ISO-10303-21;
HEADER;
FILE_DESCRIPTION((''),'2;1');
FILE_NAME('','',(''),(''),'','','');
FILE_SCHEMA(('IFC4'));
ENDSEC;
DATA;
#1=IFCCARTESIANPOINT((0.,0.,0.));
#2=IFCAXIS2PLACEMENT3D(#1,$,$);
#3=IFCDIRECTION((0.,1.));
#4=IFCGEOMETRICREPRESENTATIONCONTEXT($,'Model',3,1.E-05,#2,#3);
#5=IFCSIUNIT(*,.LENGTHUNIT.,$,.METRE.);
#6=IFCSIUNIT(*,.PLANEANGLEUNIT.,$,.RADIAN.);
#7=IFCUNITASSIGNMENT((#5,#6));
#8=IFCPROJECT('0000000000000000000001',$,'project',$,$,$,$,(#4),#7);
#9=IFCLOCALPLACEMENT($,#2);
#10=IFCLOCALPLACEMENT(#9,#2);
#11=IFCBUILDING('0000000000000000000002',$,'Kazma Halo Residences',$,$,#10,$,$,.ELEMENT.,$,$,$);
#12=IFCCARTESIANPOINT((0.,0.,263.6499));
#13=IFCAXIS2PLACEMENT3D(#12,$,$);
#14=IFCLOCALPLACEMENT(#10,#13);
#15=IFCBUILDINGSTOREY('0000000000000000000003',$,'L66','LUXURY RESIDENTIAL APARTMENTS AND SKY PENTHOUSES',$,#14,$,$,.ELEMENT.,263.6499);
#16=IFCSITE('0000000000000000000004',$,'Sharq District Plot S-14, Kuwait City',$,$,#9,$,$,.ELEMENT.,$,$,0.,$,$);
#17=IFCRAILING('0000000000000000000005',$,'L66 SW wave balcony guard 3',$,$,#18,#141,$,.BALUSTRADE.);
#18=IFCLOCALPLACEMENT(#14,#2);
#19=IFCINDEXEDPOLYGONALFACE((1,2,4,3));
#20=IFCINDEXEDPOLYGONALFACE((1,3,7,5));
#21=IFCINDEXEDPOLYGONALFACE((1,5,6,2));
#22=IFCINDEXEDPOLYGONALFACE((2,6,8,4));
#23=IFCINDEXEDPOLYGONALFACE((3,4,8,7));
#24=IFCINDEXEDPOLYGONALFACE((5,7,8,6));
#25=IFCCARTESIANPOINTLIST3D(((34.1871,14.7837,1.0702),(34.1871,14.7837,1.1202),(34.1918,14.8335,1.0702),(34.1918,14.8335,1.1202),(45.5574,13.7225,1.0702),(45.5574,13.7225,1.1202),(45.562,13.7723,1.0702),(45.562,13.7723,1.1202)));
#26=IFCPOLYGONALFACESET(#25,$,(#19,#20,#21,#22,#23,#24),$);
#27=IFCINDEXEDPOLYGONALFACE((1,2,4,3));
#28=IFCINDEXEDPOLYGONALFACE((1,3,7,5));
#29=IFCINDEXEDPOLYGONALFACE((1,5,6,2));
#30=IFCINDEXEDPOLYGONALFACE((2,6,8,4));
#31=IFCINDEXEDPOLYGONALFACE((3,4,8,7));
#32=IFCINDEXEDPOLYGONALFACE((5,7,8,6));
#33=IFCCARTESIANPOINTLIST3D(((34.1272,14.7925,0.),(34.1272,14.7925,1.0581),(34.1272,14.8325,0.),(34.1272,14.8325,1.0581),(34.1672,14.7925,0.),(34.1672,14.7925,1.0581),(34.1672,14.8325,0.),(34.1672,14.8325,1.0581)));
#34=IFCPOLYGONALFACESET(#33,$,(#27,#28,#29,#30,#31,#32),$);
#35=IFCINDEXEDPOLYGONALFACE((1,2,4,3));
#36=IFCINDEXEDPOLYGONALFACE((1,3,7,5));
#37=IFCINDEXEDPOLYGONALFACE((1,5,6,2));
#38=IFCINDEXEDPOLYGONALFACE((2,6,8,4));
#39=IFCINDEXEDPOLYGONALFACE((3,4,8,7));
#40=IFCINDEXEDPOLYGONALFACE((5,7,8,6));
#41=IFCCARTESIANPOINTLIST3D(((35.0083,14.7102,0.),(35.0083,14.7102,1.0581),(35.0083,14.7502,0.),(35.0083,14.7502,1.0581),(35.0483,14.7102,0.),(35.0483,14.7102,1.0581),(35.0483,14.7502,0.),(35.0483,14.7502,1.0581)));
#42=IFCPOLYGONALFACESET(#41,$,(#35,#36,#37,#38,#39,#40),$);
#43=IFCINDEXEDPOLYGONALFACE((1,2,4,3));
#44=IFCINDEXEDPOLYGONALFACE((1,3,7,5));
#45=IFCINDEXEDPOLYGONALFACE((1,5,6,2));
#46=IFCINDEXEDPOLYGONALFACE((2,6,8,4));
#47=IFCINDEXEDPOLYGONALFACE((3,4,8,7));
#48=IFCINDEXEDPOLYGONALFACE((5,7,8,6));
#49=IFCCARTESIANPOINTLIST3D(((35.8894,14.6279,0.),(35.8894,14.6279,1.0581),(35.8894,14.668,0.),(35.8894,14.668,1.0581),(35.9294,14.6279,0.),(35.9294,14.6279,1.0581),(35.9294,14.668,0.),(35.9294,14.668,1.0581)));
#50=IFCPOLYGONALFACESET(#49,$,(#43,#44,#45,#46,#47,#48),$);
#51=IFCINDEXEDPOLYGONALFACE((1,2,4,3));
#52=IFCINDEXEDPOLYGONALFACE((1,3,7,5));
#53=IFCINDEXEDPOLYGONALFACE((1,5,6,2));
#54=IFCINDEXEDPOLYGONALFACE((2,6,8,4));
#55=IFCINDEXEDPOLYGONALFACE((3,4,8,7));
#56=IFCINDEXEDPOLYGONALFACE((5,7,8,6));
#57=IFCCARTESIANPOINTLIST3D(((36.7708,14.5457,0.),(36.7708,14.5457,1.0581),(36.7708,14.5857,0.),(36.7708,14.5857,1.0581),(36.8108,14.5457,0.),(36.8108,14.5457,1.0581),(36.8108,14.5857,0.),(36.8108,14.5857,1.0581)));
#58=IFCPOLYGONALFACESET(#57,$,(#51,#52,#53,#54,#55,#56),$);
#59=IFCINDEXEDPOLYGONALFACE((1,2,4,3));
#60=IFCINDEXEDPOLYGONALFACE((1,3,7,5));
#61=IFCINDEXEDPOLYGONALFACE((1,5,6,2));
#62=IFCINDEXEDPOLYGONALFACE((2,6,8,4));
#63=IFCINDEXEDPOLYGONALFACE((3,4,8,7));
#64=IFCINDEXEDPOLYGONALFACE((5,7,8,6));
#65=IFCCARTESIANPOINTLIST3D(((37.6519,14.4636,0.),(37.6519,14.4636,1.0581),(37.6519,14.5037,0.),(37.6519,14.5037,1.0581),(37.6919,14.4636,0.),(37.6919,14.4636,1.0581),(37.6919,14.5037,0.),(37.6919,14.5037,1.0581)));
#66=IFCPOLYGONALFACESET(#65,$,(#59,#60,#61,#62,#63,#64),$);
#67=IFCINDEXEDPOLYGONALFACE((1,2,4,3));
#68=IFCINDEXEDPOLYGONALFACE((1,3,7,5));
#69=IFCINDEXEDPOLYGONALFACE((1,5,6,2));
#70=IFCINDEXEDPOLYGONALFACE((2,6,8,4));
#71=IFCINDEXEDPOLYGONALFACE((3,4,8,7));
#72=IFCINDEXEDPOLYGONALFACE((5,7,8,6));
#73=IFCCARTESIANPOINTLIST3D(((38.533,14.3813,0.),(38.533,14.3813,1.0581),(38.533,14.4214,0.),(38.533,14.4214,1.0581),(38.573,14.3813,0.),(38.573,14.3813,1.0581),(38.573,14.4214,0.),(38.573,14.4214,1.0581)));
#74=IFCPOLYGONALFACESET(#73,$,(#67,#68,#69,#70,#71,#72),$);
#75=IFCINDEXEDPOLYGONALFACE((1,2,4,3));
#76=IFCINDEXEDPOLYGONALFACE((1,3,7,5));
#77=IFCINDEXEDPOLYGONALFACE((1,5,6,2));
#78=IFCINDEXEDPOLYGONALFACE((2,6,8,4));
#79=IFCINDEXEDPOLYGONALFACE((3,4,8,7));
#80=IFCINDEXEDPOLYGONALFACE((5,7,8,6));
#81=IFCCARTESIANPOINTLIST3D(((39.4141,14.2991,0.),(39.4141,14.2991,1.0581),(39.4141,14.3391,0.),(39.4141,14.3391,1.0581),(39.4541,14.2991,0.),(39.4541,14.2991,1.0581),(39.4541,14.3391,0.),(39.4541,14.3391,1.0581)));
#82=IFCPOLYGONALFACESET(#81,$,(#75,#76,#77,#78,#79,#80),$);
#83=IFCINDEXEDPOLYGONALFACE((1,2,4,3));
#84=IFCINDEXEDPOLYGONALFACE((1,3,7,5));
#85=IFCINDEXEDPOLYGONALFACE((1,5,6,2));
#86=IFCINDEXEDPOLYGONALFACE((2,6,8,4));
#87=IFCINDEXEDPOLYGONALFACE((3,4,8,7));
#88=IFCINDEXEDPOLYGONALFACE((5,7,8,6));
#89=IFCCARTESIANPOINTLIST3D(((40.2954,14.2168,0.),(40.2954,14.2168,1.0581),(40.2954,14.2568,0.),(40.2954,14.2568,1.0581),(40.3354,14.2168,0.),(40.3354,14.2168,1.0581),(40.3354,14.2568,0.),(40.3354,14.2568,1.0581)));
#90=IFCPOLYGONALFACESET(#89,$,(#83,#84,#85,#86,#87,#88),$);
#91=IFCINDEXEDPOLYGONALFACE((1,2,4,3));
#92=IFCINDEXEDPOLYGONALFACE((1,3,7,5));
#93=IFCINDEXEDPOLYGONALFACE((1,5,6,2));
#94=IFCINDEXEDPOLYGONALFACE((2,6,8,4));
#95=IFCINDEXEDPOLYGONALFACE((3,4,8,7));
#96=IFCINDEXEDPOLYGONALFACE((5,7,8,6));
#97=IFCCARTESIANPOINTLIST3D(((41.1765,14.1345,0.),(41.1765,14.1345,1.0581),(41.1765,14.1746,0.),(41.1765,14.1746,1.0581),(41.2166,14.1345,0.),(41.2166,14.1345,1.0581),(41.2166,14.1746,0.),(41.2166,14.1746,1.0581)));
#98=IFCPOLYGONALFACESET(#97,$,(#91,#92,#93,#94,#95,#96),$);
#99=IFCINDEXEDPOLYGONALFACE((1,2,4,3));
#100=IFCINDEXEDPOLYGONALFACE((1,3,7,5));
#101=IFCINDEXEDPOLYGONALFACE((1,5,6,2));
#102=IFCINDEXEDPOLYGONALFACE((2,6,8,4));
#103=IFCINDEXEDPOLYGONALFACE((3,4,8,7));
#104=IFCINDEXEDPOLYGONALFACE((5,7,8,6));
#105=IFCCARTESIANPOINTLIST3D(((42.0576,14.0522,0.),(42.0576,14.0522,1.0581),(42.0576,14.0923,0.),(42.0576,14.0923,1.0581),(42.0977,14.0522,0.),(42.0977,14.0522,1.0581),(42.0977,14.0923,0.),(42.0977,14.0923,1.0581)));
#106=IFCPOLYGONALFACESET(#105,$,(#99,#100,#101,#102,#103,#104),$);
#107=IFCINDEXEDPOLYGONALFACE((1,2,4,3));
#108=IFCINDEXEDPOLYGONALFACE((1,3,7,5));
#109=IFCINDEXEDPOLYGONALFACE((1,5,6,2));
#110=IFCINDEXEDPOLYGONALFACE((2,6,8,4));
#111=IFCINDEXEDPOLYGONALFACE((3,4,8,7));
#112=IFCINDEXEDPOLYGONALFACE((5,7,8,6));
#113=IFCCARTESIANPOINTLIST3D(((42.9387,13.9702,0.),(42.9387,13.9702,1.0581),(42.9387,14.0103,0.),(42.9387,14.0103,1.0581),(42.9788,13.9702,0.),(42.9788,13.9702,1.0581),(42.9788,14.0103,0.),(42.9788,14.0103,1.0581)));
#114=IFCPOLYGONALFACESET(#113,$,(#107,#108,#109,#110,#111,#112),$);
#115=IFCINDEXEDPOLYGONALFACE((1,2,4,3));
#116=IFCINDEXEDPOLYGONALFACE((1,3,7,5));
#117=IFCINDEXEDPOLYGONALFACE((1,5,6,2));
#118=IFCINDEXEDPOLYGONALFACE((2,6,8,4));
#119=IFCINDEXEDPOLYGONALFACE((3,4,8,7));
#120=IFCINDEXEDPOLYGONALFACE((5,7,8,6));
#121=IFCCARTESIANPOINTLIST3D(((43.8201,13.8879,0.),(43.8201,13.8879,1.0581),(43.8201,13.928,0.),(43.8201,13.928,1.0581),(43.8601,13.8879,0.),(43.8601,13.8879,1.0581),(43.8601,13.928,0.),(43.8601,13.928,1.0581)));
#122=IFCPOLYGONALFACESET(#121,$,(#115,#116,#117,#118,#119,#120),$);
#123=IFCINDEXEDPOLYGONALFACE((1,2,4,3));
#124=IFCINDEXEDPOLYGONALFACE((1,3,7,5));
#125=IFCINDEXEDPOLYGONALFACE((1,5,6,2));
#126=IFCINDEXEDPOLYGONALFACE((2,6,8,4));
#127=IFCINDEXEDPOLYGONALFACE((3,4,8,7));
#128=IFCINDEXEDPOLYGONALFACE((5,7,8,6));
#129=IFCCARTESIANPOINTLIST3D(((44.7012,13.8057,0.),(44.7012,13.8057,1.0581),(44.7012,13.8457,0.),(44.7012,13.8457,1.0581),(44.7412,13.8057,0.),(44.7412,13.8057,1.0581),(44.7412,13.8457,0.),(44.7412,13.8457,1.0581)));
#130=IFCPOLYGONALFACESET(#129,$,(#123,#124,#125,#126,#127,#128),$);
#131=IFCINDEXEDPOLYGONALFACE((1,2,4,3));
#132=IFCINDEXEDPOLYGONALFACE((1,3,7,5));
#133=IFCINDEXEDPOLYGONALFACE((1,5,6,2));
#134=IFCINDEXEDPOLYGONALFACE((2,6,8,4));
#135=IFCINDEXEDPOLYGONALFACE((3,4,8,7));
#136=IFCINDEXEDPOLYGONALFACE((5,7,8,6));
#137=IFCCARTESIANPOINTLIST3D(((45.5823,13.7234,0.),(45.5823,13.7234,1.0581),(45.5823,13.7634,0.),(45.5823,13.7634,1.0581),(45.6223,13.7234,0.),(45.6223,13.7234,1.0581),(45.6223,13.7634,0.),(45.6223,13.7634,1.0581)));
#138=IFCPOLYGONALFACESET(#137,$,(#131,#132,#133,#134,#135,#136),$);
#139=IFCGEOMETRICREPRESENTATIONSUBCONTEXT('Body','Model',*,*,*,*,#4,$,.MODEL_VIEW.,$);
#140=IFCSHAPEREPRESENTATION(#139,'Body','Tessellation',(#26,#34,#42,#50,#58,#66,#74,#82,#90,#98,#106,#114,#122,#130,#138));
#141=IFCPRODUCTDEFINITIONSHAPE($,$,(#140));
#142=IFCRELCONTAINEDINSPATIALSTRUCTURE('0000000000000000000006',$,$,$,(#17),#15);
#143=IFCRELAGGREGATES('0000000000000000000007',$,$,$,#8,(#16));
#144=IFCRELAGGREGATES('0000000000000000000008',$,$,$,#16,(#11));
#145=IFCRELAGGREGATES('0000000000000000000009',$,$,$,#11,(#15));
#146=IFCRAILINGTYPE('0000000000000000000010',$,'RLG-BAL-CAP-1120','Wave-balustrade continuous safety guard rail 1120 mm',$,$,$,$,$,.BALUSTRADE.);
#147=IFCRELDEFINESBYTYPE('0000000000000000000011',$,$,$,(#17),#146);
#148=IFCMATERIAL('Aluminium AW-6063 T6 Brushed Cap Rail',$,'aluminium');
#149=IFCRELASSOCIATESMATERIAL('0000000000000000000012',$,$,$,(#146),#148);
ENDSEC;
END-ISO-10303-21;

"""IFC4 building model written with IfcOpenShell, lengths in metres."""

from ifc_helpers import new_model, si_unit, direction, frame, origin, origin_2d, place, context, subcontext, project, spatial, rectangle, extrude, material, type_object, element, save


model = new_model("IFC4")

# Units and contexts
model_context = context("Model", 3, precision=1e-05, world=origin(), true_north=direction((0.0, 1.0)))
body_context = subcontext(model_context, "Body", "Model", "MODEL_VIEW")
ifc_project = project(units=[si_unit("LENGTHUNIT", "METRE"), si_unit("PLANEANGLEUNIT", "RADIAN")], contexts=[model_context])

# Site, building, storey
site_placement = place(None, origin())
site = spatial("IfcSite", under=ifc_project, at=site_placement, Name="Sharq District Plot S-14, Kuwait City", CompositionType="ELEMENT", RefElevation=0.0)
building_placement = place(site_placement, origin())
building = spatial("IfcBuilding", under=site, at=building_placement, Name="Kazma Halo Residences", CompositionType="ELEMENT")
storey_placement = place(building_placement, frame((0.0, 0.0, 263.6499)))
storey = spatial("IfcBuildingStorey", under=building, at=storey_placement, Name="L66", Description="LUXURY RESIDENTIAL APARTMENTS AND SKY PENTHOUSES", CompositionType="ELEMENT", Elevation=263.6499)

# Railing
ifc_material_1 = material(Name="Aluminium AW-6063 T6 Brushed Cap Rail", Category="aluminium")
railing_type = type_object("IfcRailingType", Name="RLG-BAL-CAP-1120", Description="Wave-balustrade continuous safety guard rail 1120 mm", PredefinedType="BALUSTRADE", material=ifc_material_1)
railing_1_placement = place(storey_placement, frame((34.1472, 14.8125, 0.0)))
element("IfcRailing", 1, at=railing_1_placement, inside=storey, type_object=railing_type, Name="L66 SW wave balcony guard 3", PredefinedType="BALUSTRADE", context=body_context, shape_type="SweptSolid", body=[
    extrude(rectangle(XDim=0.05, YDim=0.05, at=origin_2d()), frame((0.0422, -0.0039, 1.0952), z_axis=(0.995673, -0.092925, 0.0), x_axis=(0.092925, 0.995673, 0.0)), (0.0, 0.0, 1.0), 11.4197),
    extrude(rectangle(XDim=0.04, YDim=0.04, at=origin_2d()), origin(), (0.0, 0.0, 1.0), 1.0581),
    extrude(rectangle(XDim=0.04, YDim=0.04, at=origin_2d()), frame((0.8811, -0.0823, 0.0)), (0.0, 0.0, 1.0), 1.0581),
    extrude(rectangle(XDim=0.04, YDim=0.04, at=origin_2d()), frame((1.7622, -0.1646, 0.0)), (0.0, 0.0, 1.0), 1.0581),
    extrude(rectangle(XDim=0.04, YDim=0.04, at=origin_2d()), frame((2.6436, -0.2468, 0.0)), (0.0, 0.0, 1.0), 1.0581),
    extrude(rectangle(XDim=0.04, YDim=0.04, at=origin_2d()), frame((3.5247, -0.3289, 0.0)), (0.0, 0.0, 1.0), 1.0581),
    extrude(rectangle(XDim=0.04, YDim=0.04, at=origin_2d()), frame((4.4058, -0.4111, 0.0)), (0.0, 0.0, 1.0), 1.0581),
    extrude(rectangle(XDim=0.04, YDim=0.04, at=origin_2d()), frame((5.2869, -0.4934, 0.0)), (0.0, 0.0, 1.0), 1.0581),
    extrude(rectangle(XDim=0.04, YDim=0.04, at=origin_2d()), frame((6.1682, -0.5757, 0.0)), (0.0, 0.0, 1.0), 1.0581),
    extrude(rectangle(XDim=0.04, YDim=0.04, at=origin_2d()), frame((7.0493, -0.658, 0.0)), (0.0, 0.0, 1.0), 1.0581),
    extrude(rectangle(XDim=0.04, YDim=0.04, at=origin_2d()), frame((7.9304, -0.7402, 0.0)), (0.0, 0.0, 1.0), 1.0581),
    extrude(rectangle(XDim=0.04, YDim=0.04, at=origin_2d()), frame((8.8115, -0.8223, 0.0)), (0.0, 0.0, 1.0), 1.0581),
    extrude(rectangle(XDim=0.04, YDim=0.04, at=origin_2d()), frame((9.6929, -0.9045, 0.0)), (0.0, 0.0, 1.0), 1.0581),
    extrude(rectangle(XDim=0.04, YDim=0.04, at=origin_2d()), frame((10.574, -0.9868, 0.0)), (0.0, 0.0, 1.0), 1.0581),
    extrude(rectangle(XDim=0.04, YDim=0.04, at=origin_2d()), frame((11.4551, -1.0691, 0.0)), (0.0, 0.0, 1.0), 1.0581),
])

save(model, "model.ifc")
